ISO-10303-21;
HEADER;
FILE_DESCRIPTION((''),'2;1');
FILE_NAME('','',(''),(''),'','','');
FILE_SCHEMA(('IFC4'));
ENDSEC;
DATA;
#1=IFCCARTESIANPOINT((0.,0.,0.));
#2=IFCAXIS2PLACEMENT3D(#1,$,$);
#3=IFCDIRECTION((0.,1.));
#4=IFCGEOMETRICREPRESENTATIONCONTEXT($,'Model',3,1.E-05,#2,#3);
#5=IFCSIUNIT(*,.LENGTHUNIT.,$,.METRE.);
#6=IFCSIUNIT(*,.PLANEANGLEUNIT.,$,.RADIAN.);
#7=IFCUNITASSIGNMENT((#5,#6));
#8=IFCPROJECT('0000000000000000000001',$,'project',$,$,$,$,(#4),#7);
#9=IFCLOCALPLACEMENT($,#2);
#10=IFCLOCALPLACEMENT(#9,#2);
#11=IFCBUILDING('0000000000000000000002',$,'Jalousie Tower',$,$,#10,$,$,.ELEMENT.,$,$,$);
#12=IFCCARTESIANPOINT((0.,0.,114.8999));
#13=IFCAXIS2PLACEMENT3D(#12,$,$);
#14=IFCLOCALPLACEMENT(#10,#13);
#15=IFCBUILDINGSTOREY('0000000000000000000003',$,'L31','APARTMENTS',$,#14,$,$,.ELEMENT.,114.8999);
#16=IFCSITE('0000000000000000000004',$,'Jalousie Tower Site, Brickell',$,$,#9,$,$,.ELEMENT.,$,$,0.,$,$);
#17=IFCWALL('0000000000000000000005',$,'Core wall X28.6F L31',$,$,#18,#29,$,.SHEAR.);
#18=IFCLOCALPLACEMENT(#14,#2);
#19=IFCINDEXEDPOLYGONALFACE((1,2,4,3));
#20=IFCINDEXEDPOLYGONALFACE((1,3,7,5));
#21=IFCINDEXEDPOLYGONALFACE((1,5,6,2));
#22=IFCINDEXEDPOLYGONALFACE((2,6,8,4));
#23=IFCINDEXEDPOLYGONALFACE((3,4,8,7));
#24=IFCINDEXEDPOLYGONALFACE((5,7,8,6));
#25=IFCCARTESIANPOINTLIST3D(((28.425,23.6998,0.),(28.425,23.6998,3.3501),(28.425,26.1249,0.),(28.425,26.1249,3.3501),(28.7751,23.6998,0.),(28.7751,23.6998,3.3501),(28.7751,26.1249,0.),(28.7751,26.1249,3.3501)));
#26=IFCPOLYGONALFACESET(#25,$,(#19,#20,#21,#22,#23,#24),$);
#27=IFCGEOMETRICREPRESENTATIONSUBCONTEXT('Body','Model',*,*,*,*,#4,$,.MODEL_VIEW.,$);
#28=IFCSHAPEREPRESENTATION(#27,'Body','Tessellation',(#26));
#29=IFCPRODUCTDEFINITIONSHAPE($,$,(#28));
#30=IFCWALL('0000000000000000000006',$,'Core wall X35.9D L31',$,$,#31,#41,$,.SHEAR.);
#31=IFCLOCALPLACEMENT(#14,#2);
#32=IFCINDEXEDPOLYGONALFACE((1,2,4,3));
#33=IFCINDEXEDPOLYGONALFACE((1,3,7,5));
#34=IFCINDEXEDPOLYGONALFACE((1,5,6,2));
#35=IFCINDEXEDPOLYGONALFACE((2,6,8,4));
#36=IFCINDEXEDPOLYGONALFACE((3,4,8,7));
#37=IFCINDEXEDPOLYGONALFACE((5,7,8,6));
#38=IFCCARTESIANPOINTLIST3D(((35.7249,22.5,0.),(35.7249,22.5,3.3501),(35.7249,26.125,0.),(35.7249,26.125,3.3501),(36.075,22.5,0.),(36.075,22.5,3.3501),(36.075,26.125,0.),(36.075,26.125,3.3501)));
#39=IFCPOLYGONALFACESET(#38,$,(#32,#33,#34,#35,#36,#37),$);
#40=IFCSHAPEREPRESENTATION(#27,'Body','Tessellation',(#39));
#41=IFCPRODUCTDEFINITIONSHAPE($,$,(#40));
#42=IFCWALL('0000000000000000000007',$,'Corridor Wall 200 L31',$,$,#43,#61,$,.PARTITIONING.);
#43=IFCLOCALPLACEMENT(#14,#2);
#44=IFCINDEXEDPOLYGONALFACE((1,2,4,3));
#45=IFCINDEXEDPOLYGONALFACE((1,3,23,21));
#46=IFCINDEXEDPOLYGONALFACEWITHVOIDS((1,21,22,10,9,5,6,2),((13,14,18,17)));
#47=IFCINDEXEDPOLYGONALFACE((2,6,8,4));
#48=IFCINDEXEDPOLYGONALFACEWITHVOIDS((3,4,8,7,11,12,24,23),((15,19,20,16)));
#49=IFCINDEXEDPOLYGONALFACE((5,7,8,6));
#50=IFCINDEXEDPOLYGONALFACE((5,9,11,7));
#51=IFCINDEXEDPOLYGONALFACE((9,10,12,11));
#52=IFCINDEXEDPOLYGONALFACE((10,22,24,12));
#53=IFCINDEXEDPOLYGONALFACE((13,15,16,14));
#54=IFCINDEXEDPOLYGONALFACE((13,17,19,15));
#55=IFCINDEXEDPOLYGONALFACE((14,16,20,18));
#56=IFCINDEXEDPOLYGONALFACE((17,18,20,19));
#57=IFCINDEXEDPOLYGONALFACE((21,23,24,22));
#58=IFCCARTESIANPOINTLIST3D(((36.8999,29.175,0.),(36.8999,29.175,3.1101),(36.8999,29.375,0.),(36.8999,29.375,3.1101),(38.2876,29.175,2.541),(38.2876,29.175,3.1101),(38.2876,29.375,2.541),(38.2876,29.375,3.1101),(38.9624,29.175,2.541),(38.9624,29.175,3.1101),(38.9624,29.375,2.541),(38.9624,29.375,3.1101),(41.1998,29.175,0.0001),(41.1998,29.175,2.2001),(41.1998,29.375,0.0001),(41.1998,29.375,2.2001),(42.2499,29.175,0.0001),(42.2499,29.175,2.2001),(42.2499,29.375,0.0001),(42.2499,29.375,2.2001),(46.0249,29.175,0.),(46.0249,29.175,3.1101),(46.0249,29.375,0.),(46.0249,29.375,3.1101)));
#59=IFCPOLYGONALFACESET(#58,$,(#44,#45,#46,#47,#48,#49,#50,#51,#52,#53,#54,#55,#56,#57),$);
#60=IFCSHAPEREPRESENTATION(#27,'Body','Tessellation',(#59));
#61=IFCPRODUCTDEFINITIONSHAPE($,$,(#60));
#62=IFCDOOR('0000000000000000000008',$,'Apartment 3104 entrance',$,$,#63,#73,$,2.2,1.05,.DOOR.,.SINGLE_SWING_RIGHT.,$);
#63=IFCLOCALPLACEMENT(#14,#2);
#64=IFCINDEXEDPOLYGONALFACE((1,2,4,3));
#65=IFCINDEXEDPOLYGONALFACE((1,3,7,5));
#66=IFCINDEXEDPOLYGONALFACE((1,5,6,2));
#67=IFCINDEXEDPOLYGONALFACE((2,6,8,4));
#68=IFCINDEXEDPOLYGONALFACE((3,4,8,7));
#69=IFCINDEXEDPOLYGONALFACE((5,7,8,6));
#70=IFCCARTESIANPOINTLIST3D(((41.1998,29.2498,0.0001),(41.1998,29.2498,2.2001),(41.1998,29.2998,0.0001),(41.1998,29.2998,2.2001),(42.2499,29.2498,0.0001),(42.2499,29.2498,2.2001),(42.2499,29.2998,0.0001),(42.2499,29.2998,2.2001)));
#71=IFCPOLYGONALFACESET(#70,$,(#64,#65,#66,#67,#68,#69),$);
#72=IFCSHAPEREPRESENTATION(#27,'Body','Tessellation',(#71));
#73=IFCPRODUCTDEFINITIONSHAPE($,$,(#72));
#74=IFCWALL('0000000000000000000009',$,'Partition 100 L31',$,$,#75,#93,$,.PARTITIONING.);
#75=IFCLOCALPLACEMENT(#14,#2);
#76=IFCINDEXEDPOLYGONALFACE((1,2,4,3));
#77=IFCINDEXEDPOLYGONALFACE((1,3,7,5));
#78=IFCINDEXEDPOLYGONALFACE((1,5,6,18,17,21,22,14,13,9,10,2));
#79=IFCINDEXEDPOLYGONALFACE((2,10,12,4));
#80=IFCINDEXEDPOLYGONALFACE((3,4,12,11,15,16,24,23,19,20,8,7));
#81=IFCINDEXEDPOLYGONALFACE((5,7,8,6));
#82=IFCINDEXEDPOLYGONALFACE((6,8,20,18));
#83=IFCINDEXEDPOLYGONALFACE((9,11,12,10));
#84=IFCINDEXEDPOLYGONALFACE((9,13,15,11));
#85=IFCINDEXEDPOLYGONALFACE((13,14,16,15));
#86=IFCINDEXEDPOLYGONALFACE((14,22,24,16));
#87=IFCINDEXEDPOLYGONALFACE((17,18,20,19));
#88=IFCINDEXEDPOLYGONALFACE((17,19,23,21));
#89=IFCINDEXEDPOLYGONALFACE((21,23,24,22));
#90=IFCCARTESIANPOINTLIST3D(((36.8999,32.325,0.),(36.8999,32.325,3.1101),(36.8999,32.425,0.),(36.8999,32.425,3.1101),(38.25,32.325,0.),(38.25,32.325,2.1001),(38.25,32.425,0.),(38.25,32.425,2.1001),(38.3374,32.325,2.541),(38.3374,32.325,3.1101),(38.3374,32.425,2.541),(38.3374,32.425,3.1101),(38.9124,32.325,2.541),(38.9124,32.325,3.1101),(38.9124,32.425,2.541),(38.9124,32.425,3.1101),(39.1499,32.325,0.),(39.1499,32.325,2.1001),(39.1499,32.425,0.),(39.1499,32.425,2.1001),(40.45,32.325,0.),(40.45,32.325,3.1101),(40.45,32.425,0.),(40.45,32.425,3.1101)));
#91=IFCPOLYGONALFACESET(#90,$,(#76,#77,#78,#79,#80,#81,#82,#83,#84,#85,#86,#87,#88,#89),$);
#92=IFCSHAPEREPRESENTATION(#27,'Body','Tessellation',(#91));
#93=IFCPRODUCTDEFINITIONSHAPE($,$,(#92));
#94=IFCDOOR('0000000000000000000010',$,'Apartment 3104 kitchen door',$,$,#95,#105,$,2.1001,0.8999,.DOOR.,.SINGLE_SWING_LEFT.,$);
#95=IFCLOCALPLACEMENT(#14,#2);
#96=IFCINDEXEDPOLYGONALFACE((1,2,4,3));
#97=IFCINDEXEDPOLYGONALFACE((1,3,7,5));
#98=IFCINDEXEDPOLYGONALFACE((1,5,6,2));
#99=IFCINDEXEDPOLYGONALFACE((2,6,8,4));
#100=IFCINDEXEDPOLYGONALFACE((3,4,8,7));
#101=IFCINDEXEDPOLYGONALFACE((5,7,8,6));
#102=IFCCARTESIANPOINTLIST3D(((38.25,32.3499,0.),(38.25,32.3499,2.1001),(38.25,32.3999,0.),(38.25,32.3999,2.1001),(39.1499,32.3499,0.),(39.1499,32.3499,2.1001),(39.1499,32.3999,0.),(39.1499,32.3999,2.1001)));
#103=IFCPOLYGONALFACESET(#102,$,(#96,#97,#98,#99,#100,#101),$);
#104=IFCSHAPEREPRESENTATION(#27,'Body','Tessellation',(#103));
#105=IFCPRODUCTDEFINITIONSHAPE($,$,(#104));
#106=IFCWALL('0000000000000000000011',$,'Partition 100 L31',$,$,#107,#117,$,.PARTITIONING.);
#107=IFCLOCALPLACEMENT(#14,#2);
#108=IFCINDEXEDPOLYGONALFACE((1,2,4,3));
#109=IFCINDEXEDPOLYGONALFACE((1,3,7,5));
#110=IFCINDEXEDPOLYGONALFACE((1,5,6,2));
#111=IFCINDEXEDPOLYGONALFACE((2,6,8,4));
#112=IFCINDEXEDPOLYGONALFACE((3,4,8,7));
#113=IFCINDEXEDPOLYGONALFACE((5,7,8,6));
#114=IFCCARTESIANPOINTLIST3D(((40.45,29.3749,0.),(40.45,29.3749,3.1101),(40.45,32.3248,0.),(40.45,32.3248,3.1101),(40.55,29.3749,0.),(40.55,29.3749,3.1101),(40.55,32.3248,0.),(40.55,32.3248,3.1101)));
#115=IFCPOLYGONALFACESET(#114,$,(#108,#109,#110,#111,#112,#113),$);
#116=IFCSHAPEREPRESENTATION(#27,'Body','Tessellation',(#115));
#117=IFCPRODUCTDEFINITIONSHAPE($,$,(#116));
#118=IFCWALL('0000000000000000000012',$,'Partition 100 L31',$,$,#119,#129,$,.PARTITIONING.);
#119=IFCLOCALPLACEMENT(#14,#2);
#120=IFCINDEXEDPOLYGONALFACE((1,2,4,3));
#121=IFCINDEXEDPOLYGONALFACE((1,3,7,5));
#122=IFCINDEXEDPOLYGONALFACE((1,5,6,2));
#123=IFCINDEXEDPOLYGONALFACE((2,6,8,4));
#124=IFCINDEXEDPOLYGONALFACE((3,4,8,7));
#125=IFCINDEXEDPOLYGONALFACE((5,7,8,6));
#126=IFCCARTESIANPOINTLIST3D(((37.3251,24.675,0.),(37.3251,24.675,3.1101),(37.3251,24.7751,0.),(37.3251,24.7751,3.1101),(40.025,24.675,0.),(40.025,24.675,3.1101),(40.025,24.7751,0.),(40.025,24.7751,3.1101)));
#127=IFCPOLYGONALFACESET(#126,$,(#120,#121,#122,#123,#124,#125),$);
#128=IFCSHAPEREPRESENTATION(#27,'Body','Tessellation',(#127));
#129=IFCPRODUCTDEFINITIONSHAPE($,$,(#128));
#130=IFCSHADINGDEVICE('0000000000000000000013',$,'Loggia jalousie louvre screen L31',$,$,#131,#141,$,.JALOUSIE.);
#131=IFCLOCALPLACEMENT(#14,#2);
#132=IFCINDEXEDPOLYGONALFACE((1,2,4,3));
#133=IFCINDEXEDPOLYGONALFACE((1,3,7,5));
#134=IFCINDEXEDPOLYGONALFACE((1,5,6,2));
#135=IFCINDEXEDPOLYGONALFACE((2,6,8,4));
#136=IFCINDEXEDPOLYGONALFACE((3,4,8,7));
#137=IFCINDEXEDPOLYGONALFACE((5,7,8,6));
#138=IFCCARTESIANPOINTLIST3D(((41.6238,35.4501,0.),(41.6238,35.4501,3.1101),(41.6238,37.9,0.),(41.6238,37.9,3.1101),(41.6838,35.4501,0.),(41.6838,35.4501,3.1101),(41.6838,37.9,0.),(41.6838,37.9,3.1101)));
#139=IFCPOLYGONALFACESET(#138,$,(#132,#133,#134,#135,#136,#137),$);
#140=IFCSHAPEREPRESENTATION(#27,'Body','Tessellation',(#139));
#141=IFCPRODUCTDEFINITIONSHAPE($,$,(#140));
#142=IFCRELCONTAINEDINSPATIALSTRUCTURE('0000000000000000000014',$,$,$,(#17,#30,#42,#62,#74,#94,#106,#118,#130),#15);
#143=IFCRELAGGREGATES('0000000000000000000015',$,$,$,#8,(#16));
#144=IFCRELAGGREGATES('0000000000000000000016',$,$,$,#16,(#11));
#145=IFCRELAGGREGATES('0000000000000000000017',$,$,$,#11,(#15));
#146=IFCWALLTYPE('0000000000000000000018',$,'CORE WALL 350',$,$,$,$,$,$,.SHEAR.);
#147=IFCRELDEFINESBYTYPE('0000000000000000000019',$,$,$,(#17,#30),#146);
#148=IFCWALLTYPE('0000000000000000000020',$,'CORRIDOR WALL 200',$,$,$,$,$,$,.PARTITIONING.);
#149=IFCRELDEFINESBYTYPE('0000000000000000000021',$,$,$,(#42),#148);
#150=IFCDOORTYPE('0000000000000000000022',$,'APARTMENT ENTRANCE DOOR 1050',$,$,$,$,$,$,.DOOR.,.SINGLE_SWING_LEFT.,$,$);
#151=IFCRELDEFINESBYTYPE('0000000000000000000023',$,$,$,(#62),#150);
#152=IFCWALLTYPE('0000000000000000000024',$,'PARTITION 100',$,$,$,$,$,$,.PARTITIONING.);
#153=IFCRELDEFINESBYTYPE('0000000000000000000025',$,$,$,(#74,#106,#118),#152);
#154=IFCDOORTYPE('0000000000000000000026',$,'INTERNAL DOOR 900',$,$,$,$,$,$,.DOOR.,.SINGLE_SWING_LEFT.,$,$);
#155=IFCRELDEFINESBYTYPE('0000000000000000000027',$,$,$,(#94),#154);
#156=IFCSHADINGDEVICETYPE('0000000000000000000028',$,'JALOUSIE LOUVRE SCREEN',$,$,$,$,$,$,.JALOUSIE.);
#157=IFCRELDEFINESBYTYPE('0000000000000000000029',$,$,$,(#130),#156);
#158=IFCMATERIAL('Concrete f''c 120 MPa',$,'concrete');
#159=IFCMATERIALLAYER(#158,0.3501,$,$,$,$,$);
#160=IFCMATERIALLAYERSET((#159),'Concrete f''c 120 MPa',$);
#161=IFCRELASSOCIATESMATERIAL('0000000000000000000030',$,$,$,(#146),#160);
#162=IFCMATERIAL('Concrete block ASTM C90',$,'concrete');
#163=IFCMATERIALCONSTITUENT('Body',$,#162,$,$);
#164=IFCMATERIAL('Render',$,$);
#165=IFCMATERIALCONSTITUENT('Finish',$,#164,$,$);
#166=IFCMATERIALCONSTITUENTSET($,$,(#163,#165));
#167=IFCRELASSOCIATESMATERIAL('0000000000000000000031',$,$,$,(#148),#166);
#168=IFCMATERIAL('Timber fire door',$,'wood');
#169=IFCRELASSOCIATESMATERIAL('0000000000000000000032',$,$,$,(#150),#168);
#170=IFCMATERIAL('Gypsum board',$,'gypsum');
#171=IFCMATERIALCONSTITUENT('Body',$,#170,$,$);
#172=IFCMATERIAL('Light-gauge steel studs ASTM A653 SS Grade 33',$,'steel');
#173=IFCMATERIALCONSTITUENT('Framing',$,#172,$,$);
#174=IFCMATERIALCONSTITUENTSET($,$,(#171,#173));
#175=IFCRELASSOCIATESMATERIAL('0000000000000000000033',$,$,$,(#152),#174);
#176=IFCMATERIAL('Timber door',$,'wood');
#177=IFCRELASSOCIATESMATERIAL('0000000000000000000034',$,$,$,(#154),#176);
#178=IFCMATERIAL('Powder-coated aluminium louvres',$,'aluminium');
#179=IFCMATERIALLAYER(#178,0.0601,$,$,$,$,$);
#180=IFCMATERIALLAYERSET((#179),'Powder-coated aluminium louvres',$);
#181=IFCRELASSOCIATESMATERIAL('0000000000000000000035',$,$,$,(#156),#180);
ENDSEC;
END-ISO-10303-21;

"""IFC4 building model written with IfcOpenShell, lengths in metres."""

from ifc_helpers import new_model, si_unit, direction, frame, frame_2d, origin, origin_2d, place, context, subcontext, project, spatial, polyline, rectangle, outline, extrude, material, layer, layer_set, constituent, constituent_set, type_object, element, fill, save


model = new_model("IFC4")

# Units and contexts
model_context = context("Model", 3, precision=1e-05, world=origin(), true_north=direction((0.0, 1.0)))
body_context = subcontext(model_context, "Body", "Model", "MODEL_VIEW")
ifc_project = project(units=[si_unit("LENGTHUNIT", "METRE"), si_unit("PLANEANGLEUNIT", "RADIAN")], contexts=[model_context])

# Site, building, storey
site_placement = place(None, origin())
site = spatial("IfcSite", under=ifc_project, at=site_placement, Name="Jalousie Tower Site, Brickell", CompositionType="ELEMENT", RefElevation=0.0)
building_placement = place(site_placement, origin())
building = spatial("IfcBuilding", under=site, at=building_placement, Name="Jalousie Tower", CompositionType="ELEMENT")
storey_placement = place(building_placement, frame((0.0, 0.0, 114.8999)))
storey = spatial("IfcBuildingStorey", under=building, at=storey_placement, Name="L31", Description="APARTMENTS", CompositionType="ELEMENT", Elevation=114.8999)

# Walls
ifc_material_1 = material(Name="Concrete f'c 120 MPa", Category="concrete")
ifc_layer_1 = layer(ifc_material_1, 0.3501)
ifc_layer_set_1 = layer_set([ifc_layer_1], Name="Concrete f'c 120 MPa")
wall_type_1 = type_object("IfcWallType", Name="CORE WALL 350", PredefinedType="SHEAR", material=ifc_layer_set_1)
wall_1_placement = place(storey_placement, frame((28.6001, 23.7, 0.0), z_axis=(0.0, 0.0, 1.0), x_axis=(0.0, 1.0, 0.0)))
element("IfcWall", 1, at=wall_1_placement, inside=storey, type_object=wall_type_1, Name="Core wall X28.6F L31", PredefinedType="SHEAR", context=body_context, shape_type="SweptSolid", body=[
    extrude(rectangle(XDim=2.425, YDim=0.3501, at=frame_2d((1.2124, 0.0))), origin(), (0.0, 0.0, 1.0), 3.3501),
])
wall_2_placement = place(storey_placement, frame((35.8999, 22.5, 0.0), z_axis=(0.0, 0.0, 1.0), x_axis=(0.0, 1.0, 0.0)))
element("IfcWall", 2, at=wall_2_placement, inside=storey, type_object=wall_type_1, Name="Core wall X35.9D L31", PredefinedType="SHEAR", context=body_context, shape_type="SweptSolid", body=[
    extrude(rectangle(XDim=3.625, YDim=0.3501, at=frame_2d((1.8125, 0.0))), origin(), (0.0, 0.0, 1.0), 3.3501),
])

# Walls, openings, doors
ifc_material_2 = material(Name="Concrete block ASTM C90", Category="concrete")
ifc_constituent_1 = constituent(ifc_material_2, Name="Body")
ifc_material_3 = material(Name="Render")
ifc_constituent_2 = constituent(ifc_material_3, Name="Finish")
ifc_constituent_set_1 = constituent_set(constituents=[ifc_constituent_1, ifc_constituent_2])
wall_type_2 = type_object("IfcWallType", Name="CORRIDOR WALL 200", PredefinedType="PARTITIONING", material=ifc_constituent_set_1)
wall_3_placement = place(storey_placement, frame((36.8999, 29.2749, 0.0), z_axis=(0.0, 0.0, 1.0), x_axis=(1.0, 0.0, 0.0)))
wall_3 = element("IfcWall", 3, at=wall_3_placement, inside=storey, type_object=wall_type_2, Name="Corridor Wall 200 L31", PredefinedType="PARTITIONING", context=body_context, shape_type="SweptSolid", body=[
    extrude(outline(polyline([(0.0, 0.0), (9.125, 0.0), (9.125, 3.1101), (2.0625, 3.1101), (2.0625, 2.541), (1.3877, 2.541), (1.3877, 3.1101), (0.0, 3.1101), (0.0, 0.0)])), frame((0.0, 0.1001, 0.0), z_axis=(0.0, -1.0, 0.0), x_axis=(1.0, 0.0, 0.0)), (0.0, 0.0, 1.0), 0.2),
])
opening_1_placement = place(wall_3_placement, frame((4.3, 0.0, 0.0)))
opening_1 = element("IfcOpeningElement", 4, at=opening_1_placement, cuts=wall_3, PredefinedType="OPENING", context=body_context, shape_type="SweptSolid", body=[
    extrude(rectangle(XDim=1.05, YDim=2.2, at=frame_2d((0.5249, 1.1001))), frame((0.0, 0.1099, 0.0), z_axis=(0.0, -1.0, 0.0), x_axis=(1.0, 0.0, 0.0)), (0.0, 0.0, 1.0), 0.22),
])
ifc_material_4 = material(Name="Timber fire door", Category="wood")
door_type_1 = type_object("IfcDoorType", Name="APARTMENT ENTRANCE DOOR 1050", OperationType="SINGLE_SWING_LEFT", PredefinedType="DOOR", material=ifc_material_4)
door_1_placement = place(opening_1_placement, origin())
door_1 = element("IfcDoor", 5, at=door_1_placement, inside=storey, type_object=door_type_1, Name="Apartment 3104 entrance", OperationType="SINGLE_SWING_RIGHT", OverallHeight=2.2, OverallWidth=1.05, PredefinedType="DOOR", context=body_context, shape_type="SweptSolid", body=[
    extrude(rectangle(XDim=1.05, YDim=2.2, at=frame_2d((0.5249, 1.1001))), frame((0.0, 0.0249, 0.0), z_axis=(0.0, -1.0, 0.0), x_axis=(1.0, 0.0, 0.0)), (0.0, 0.0, 1.0), 0.05),
])
fill(opening_1, door_1)
ifc_material_5 = material(Name="Gypsum board", Category="gypsum")
ifc_constituent_3 = constituent(ifc_material_5, Name="Body")
ifc_material_6 = material(Name="Light-gauge steel studs ASTM A653 SS Grade 33", Category="steel")
ifc_constituent_4 = constituent(ifc_material_6, Name="Framing")
ifc_constituent_set_2 = constituent_set(constituents=[ifc_constituent_3, ifc_constituent_4])
wall_type_3 = type_object("IfcWallType", Name="PARTITION 100", PredefinedType="PARTITIONING", material=ifc_constituent_set_2)
wall_4_placement = place(storey_placement, frame((36.8999, 32.375, 0.0), z_axis=(0.0, 0.0, 1.0), x_axis=(1.0, 0.0, 0.0)))
wall_4 = element("IfcWall", 6, at=wall_4_placement, inside=storey, type_object=wall_type_3, Name="Partition 100 L31", PredefinedType="PARTITIONING", context=body_context, shape_type="SweptSolid", body=[
    extrude(outline(polyline([(0.0, 0.0), (3.55, 0.0), (3.55, 3.1101), (2.0125, 3.1101), (2.0125, 2.541), (1.4375, 2.541), (1.4375, 3.1101), (0.0, 3.1101), (0.0, 0.0)])), frame((0.0, 0.05, 0.0), z_axis=(0.0, -1.0, 0.0), x_axis=(1.0, 0.0, 0.0)), (0.0, 0.0, 1.0), 0.1001),
])
opening_2_placement = place(wall_4_placement, frame((1.3501, 0.0, 0.0)))
opening_2 = element("IfcOpeningElement", 7, at=opening_2_placement, cuts=wall_4, PredefinedType="OPENING", context=body_context, shape_type="SweptSolid", body=[
    extrude(rectangle(XDim=0.8999, YDim=2.1001, at=frame_2d((0.45, 1.05))), frame((0.0, 0.0601, 0.0), z_axis=(0.0, -1.0, 0.0), x_axis=(1.0, 0.0, 0.0)), (0.0, 0.0, 1.0), 0.1201),
])
ifc_material_7 = material(Name="Timber door", Category="wood")
door_type_2 = type_object("IfcDoorType", Name="INTERNAL DOOR 900", OperationType="SINGLE_SWING_LEFT", PredefinedType="DOOR", material=ifc_material_7)
door_2_placement = place(opening_2_placement, origin())
door_2 = element("IfcDoor", 8, at=door_2_placement, inside=storey, type_object=door_type_2, Name="Apartment 3104 kitchen door", OperationType="SINGLE_SWING_LEFT", OverallHeight=2.1001, OverallWidth=0.8999, PredefinedType="DOOR", context=body_context, shape_type="SweptSolid", body=[
    extrude(rectangle(XDim=0.8999, YDim=2.1001, at=frame_2d((0.45, 1.05))), frame((0.0, 0.0249, 0.0), z_axis=(0.0, -1.0, 0.0), x_axis=(1.0, 0.0, 0.0)), (0.0, 0.0, 1.0), 0.05),
])
fill(opening_2, door_2)

# Walls
wall_5_placement = place(storey_placement, frame((40.5, 32.325, 0.0), z_axis=(0.0, 0.0, 1.0), x_axis=(0.0, -1.0, 0.0)))
element("IfcWall", 9, at=wall_5_placement, inside=storey, type_object=wall_type_3, Name="Partition 100 L31", PredefinedType="PARTITIONING", context=body_context, shape_type="SweptSolid", body=[
    extrude(rectangle(XDim=2.95, YDim=0.1001, at=frame_2d((1.4751, 0.0))), origin(), (0.0, 0.0, 1.0), 3.1101),
])
wall_6_placement = place(storey_placement, frame((37.325, 24.7251, 0.0), z_axis=(0.0, 0.0, 1.0), x_axis=(1.0, 0.0, 0.0)))
element("IfcWall", 10, at=wall_6_placement, inside=storey, type_object=wall_type_3, Name="Partition 100 L31", PredefinedType="PARTITIONING", context=body_context, shape_type="SweptSolid", body=[
    extrude(rectangle(XDim=2.7, YDim=0.1001, at=frame_2d((1.3501, 0.0))), origin(), (0.0, 0.0, 1.0), 3.1101),
])

# Shading device
ifc_material_8 = material(Name="Powder-coated aluminium louvres", Category="aluminium")
ifc_layer_2 = layer(ifc_material_8, 0.0601)
ifc_layer_set_2 = layer_set([ifc_layer_2], Name="Powder-coated aluminium louvres")
shading_device_type = type_object("IfcShadingDeviceType", Name="JALOUSIE LOUVRE SCREEN", PredefinedType="JALOUSIE", material=ifc_layer_set_2)
shading_device_placement = place(storey_placement, frame((41.6538, 36.675, 0.0), z_axis=(0.0, 0.0, 1.0), x_axis=(-1.0, 0.0, 0.0)))
element("IfcShadingDevice", 11, at=shading_device_placement, inside=storey, type_object=shading_device_type, Name="Loggia jalousie louvre screen L31", PredefinedType="JALOUSIE", context=body_context, shape_type="SweptSolid", body=[
    extrude(rectangle(XDim=0.0601, YDim=2.45, at=origin_2d()), origin(), (0.0, 0.0, 1.0), 3.1101),
])

save(model, "model.ifc")
